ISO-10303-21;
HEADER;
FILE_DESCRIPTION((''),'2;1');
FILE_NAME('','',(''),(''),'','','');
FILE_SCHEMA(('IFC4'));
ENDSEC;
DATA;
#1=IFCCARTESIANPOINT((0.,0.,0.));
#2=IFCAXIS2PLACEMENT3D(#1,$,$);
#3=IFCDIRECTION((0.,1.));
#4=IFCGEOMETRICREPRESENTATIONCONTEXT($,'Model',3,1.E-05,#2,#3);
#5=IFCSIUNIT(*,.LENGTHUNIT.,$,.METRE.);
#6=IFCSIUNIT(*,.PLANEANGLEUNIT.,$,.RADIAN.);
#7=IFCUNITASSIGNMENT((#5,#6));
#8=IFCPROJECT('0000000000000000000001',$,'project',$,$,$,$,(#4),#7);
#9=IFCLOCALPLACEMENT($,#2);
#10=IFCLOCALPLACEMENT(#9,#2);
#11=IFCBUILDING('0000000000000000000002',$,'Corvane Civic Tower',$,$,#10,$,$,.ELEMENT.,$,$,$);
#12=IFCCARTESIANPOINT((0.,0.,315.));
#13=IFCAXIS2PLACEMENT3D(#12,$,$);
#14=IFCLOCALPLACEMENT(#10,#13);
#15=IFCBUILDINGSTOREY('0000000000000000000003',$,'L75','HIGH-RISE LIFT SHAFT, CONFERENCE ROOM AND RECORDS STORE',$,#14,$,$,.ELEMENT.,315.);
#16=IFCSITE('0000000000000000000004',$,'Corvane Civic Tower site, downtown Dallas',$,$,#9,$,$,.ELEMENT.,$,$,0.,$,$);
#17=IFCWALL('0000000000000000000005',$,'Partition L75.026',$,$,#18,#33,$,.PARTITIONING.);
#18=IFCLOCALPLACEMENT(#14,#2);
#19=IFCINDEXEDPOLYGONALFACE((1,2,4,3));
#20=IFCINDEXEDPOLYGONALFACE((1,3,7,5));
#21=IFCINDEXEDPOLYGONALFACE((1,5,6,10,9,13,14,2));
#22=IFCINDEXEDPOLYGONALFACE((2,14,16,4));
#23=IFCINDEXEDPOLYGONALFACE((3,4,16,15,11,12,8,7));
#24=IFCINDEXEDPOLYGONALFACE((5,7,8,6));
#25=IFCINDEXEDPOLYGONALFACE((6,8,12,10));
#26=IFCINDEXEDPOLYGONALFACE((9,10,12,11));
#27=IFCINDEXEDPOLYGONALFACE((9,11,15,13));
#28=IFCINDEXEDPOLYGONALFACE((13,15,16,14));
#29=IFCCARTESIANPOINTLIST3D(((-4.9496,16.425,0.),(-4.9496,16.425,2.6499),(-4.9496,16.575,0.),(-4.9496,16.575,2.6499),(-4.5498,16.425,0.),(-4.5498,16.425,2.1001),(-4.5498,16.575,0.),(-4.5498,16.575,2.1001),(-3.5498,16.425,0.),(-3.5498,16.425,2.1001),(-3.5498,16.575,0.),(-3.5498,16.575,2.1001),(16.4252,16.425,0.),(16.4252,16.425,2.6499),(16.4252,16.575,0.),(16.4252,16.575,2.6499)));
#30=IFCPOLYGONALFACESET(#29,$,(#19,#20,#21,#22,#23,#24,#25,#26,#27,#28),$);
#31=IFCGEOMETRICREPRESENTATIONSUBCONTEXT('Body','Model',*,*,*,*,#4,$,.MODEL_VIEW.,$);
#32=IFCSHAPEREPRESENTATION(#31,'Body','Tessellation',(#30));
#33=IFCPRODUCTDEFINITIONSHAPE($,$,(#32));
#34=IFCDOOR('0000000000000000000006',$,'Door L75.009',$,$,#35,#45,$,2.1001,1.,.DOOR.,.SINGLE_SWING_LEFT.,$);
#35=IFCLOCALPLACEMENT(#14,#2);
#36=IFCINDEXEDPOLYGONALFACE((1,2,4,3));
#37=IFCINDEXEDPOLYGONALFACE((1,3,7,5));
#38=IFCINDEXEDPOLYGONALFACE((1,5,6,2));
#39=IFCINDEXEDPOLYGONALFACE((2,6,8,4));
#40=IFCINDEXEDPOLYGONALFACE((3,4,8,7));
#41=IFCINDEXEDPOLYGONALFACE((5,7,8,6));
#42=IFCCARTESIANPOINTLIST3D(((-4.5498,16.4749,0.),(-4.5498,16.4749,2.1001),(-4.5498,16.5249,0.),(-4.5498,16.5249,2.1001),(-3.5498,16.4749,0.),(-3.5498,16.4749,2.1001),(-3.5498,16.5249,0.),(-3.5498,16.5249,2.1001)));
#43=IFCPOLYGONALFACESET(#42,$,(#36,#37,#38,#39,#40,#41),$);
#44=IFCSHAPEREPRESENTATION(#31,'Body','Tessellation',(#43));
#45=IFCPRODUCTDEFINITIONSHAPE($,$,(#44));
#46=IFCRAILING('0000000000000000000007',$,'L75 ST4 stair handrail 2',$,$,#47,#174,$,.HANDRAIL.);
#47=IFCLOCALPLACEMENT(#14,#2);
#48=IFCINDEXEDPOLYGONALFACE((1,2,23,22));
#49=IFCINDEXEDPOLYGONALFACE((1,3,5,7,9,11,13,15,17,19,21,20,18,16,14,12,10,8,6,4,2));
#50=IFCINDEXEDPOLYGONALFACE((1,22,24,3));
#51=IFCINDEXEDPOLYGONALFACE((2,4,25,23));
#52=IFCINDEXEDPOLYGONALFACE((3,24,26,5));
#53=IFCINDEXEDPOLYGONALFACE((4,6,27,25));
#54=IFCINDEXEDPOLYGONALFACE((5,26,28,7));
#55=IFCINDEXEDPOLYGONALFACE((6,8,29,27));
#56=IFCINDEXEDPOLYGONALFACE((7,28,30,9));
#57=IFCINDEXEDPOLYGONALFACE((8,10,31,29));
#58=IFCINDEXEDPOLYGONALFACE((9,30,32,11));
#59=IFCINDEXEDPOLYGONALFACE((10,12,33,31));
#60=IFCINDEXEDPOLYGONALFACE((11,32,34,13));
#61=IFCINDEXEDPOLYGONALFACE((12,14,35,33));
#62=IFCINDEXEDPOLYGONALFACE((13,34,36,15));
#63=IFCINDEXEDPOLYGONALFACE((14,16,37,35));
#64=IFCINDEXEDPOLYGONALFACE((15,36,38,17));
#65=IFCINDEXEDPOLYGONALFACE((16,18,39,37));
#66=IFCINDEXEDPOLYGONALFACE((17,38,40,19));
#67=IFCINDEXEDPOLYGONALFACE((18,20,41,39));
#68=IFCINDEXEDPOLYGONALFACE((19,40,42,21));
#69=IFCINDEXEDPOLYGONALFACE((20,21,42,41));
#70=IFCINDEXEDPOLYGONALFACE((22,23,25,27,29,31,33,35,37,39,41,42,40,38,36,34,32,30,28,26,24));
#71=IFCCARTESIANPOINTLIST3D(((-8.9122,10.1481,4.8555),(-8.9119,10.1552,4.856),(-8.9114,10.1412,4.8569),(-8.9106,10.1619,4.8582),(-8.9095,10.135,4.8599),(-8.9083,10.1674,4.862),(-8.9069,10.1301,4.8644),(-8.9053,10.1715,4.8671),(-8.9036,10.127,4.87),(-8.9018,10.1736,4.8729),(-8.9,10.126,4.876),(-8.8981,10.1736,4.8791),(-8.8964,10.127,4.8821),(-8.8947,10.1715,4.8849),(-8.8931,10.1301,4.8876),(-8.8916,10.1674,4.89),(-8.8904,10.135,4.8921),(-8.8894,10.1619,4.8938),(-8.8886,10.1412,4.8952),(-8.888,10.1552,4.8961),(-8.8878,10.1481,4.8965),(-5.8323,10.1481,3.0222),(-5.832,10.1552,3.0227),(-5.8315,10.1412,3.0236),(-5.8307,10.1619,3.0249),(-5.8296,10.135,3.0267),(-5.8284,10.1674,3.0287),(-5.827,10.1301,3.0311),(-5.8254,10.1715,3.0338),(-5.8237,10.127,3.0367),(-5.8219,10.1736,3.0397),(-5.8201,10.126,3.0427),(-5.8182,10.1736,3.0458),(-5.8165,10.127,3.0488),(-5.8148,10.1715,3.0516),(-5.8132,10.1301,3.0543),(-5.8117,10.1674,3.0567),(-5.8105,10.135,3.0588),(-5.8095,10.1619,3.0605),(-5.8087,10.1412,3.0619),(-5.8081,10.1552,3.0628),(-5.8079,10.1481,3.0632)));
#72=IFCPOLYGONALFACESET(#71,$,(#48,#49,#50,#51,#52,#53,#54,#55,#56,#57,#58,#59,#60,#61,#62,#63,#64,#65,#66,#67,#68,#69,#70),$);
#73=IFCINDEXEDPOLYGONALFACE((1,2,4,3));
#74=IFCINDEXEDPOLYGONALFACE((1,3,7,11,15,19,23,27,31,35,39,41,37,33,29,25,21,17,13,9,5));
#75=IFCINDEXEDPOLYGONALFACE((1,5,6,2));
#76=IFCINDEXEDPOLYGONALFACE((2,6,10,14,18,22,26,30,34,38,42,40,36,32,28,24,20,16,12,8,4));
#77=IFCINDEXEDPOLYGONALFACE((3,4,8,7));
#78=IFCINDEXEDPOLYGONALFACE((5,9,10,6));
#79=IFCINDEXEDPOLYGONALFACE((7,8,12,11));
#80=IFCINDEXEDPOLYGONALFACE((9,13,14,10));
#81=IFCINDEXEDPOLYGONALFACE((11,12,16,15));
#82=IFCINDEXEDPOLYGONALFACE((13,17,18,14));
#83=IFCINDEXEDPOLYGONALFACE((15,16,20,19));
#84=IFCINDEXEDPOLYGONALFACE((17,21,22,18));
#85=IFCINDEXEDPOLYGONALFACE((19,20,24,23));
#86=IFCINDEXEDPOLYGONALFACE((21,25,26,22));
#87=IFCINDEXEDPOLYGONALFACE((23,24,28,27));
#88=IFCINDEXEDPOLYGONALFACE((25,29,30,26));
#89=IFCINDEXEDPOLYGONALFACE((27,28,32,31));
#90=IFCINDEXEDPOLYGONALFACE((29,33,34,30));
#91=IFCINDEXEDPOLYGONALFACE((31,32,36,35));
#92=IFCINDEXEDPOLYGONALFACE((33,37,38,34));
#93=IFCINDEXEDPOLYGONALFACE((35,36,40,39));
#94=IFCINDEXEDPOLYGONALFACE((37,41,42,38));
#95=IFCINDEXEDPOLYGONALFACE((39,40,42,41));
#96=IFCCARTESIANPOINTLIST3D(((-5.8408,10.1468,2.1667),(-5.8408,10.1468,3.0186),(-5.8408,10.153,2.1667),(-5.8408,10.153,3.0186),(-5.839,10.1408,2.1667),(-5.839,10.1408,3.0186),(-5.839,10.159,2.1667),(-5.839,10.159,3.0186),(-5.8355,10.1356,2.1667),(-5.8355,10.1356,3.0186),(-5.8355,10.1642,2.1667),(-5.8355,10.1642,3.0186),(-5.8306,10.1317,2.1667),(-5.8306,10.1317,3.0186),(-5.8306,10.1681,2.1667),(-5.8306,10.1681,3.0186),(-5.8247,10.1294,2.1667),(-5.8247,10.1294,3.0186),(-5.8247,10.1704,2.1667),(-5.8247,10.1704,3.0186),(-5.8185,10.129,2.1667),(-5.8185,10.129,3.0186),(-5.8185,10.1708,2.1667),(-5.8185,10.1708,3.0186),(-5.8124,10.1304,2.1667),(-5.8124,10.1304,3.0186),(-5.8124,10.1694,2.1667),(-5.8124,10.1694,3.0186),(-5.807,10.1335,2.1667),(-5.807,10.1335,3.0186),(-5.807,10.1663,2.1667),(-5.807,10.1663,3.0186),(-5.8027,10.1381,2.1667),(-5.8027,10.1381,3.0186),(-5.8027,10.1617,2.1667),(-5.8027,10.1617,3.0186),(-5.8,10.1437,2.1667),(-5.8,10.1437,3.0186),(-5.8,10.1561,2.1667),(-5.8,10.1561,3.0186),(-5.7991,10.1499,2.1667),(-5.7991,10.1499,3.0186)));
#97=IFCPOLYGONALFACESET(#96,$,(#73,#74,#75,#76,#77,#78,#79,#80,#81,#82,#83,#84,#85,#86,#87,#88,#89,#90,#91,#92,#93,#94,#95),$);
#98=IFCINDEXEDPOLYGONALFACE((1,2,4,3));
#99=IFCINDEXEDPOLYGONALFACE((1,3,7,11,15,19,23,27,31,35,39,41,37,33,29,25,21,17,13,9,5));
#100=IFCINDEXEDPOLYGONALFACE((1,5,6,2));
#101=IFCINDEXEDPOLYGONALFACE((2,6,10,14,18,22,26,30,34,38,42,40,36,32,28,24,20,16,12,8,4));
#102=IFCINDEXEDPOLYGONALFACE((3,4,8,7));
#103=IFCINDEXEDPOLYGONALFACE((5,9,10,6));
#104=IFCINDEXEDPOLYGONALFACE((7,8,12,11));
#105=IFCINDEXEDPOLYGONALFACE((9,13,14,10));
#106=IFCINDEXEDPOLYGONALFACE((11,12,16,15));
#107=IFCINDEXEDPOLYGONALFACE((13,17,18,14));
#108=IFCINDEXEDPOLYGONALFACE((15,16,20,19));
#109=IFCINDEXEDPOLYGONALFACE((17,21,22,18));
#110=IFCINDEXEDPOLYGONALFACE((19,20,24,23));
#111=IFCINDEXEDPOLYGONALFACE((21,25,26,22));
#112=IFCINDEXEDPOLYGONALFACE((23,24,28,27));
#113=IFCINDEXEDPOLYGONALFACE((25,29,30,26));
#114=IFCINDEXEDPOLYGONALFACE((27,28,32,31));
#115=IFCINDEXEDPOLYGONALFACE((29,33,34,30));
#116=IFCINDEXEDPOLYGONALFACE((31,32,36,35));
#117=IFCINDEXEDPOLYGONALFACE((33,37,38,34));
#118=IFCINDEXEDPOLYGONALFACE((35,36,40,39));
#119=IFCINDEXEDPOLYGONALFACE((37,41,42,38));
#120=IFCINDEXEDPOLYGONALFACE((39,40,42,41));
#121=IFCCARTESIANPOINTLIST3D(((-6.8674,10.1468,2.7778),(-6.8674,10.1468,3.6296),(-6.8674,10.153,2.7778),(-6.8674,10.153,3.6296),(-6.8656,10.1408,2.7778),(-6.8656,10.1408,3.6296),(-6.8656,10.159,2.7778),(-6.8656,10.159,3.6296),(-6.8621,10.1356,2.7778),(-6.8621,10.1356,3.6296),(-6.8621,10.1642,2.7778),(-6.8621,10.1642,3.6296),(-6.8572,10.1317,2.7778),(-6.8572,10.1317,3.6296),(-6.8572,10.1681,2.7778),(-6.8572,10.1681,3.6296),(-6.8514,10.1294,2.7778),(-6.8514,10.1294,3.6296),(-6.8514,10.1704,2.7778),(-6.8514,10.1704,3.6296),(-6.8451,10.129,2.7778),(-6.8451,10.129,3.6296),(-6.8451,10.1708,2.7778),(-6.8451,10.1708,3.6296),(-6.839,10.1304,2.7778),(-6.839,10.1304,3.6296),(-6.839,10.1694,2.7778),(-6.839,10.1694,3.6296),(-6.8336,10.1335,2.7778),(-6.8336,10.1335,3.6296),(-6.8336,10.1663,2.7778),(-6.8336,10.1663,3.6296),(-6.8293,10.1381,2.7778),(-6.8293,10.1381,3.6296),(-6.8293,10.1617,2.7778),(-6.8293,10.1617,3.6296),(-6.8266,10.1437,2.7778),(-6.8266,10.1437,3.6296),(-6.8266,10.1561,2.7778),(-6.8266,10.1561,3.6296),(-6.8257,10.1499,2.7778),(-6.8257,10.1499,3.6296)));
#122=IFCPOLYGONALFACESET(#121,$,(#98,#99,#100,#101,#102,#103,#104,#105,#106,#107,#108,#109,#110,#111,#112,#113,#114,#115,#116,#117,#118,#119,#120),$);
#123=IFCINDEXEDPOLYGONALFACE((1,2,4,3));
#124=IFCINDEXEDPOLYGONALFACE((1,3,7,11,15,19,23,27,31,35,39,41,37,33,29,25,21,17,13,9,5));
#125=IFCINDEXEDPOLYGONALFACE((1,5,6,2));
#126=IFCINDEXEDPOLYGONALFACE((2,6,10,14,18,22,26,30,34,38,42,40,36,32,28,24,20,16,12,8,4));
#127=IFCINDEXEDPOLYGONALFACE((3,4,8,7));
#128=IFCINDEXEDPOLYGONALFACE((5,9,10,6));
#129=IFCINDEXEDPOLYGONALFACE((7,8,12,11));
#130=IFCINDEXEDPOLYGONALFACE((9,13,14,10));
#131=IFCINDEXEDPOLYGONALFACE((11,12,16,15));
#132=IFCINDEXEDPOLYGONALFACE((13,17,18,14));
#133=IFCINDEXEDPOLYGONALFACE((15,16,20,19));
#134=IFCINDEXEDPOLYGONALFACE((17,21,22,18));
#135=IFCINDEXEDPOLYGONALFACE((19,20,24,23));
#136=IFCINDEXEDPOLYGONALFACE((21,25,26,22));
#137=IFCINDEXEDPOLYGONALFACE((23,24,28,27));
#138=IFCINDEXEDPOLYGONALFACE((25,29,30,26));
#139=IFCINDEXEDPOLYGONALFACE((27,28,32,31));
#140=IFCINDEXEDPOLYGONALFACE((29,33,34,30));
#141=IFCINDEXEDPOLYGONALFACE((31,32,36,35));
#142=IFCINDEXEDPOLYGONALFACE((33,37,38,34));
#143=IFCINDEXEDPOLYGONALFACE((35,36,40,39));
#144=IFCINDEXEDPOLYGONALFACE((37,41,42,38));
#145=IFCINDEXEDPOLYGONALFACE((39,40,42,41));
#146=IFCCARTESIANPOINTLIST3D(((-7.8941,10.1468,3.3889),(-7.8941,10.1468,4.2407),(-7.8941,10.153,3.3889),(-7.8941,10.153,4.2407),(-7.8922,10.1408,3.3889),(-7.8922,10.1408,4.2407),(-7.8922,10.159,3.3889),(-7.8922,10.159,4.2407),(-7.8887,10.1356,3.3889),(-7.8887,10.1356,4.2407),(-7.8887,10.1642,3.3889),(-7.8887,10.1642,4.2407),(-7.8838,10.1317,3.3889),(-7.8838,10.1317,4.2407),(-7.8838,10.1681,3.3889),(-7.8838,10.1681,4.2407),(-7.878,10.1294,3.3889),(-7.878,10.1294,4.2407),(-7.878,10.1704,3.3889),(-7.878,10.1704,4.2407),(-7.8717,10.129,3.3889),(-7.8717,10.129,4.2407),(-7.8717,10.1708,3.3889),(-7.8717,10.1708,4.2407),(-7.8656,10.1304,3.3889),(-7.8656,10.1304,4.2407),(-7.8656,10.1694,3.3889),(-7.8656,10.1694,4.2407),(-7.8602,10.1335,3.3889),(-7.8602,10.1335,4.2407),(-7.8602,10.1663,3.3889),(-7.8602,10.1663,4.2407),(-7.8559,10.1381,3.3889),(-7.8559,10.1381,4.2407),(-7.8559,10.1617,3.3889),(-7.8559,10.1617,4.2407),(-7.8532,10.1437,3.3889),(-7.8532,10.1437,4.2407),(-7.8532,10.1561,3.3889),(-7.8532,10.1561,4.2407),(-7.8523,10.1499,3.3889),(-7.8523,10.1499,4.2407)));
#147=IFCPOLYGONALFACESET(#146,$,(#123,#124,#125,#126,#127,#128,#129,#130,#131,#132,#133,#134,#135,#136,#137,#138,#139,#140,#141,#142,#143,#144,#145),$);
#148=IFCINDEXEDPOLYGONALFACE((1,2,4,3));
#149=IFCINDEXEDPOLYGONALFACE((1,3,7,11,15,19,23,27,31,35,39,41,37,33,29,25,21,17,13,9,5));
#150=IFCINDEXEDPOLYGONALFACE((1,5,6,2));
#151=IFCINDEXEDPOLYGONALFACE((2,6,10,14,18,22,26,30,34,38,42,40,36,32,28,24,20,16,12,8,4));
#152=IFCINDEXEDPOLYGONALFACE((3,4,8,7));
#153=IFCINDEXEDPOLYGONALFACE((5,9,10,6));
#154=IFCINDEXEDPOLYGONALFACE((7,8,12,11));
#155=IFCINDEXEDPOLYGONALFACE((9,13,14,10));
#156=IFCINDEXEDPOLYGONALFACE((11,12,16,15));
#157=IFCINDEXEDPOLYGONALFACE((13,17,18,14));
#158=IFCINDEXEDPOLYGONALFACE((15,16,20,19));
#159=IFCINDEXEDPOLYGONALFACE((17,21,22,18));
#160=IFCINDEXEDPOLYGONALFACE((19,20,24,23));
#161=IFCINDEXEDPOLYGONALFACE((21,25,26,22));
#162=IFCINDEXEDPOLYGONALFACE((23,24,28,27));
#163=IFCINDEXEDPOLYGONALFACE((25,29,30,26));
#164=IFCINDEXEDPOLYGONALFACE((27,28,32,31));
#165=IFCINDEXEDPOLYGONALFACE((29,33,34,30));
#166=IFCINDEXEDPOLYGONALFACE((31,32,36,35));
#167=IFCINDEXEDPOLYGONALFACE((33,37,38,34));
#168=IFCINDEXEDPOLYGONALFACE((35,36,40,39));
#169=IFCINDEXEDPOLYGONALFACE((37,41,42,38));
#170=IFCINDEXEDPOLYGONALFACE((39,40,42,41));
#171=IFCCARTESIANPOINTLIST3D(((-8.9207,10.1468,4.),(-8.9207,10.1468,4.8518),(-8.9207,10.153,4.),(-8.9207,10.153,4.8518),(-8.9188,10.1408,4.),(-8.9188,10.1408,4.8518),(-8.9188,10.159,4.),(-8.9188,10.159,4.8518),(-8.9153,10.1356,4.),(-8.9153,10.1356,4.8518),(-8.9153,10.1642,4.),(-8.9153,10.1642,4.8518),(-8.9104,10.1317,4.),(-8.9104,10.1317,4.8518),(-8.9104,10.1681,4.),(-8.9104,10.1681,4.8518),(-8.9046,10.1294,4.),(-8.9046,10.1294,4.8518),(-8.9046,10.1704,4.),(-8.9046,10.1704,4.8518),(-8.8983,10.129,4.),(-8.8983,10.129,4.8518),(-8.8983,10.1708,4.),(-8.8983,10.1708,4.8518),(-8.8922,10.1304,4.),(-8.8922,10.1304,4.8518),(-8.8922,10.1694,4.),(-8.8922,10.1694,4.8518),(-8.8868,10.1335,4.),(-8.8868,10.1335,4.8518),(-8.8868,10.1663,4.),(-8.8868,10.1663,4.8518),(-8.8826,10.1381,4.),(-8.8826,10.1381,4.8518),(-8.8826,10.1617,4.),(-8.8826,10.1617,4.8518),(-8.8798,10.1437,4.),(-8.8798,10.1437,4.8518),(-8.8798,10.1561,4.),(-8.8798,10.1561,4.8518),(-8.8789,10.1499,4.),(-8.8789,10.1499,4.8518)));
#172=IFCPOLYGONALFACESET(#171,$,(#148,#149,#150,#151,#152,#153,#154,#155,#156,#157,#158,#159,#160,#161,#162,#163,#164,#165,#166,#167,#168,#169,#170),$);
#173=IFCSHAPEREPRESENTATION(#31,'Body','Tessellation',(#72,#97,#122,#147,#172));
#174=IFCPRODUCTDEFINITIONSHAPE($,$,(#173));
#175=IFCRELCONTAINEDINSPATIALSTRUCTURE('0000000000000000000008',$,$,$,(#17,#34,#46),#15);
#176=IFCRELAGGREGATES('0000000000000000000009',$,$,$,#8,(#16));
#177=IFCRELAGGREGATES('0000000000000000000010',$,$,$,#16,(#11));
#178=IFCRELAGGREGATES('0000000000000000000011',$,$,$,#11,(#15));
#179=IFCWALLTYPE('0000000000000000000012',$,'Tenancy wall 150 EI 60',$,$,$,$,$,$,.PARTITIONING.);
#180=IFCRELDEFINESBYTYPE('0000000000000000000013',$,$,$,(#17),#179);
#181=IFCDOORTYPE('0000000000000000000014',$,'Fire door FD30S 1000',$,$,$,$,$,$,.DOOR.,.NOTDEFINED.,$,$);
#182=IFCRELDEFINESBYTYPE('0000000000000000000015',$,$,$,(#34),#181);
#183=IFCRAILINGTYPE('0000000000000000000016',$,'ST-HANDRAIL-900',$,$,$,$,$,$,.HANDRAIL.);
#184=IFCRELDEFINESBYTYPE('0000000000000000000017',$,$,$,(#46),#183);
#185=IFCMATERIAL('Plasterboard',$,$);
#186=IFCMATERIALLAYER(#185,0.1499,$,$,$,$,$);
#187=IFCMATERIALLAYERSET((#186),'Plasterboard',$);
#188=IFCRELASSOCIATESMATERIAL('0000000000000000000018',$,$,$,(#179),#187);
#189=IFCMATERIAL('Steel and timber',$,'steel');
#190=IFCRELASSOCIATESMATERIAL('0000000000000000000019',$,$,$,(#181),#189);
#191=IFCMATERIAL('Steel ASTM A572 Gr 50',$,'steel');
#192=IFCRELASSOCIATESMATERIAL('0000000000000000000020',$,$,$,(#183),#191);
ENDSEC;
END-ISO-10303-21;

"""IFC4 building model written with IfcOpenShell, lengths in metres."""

from ifc_helpers import new_model, si_unit, direction, frame, frame_2d, origin, origin_2d, place, context, subcontext, project, spatial, rectangle, circle, extrude, material, layer, layer_set, type_object, element, fill, save


model = new_model("IFC4")

# Units and contexts
model_context = context("Model", 3, precision=1e-05, world=origin(), true_north=direction((0.0, 1.0)))
body_context = subcontext(model_context, "Body", "Model", "MODEL_VIEW")
ifc_project = project(units=[si_unit("LENGTHUNIT", "METRE"), si_unit("PLANEANGLEUNIT", "RADIAN")], contexts=[model_context])

# Site, building, storey
site_placement = place(None, origin())
site = spatial("IfcSite", under=ifc_project, at=site_placement, Name="Corvane Civic Tower site, downtown Dallas", CompositionType="ELEMENT", RefElevation=0.0)
building_placement = place(site_placement, origin())
building = spatial("IfcBuilding", under=site, at=building_placement, Name="Corvane Civic Tower", CompositionType="ELEMENT")
storey_placement = place(building_placement, frame((0.0, 0.0, 315.0)))
storey = spatial("IfcBuildingStorey", under=building, at=storey_placement, Name="L75", Description="HIGH-RISE LIFT SHAFT, CONFERENCE ROOM AND RECORDS STORE", CompositionType="ELEMENT", Elevation=315.0)

# Shared definitions
ifc_material_1 = material(Name="Plasterboard")
ifc_layer_1 = layer(ifc_material_1, 0.1499)
ifc_layer_set_1 = layer_set([ifc_layer_1], Name="Plasterboard")
wall_type_1 = type_object("IfcWallType", Name="Tenancy wall 150 EI 60", PredefinedType="PARTITIONING", material=ifc_layer_set_1)

# Wall, opening, door
wall_1_placement = place(storey_placement, frame((-4.9497, 16.5, 0.0), z_axis=(0.0, 0.0, 1.0), x_axis=(1.0, 0.0, 0.0)))
wall_1 = element("IfcWall", 1, at=wall_1_placement, inside=storey, type_object=wall_type_1, Name="Partition L75.026", PredefinedType="PARTITIONING", context=body_context, shape_type="SweptSolid", body=[
    extrude(rectangle(XDim=21.3748, YDim=0.1499, at=frame_2d((10.6875, 0.0))), origin(), (0.0, 0.0, 1.0), 2.6499),
])
opening_placement = place(wall_1_placement, frame((0.3999, 0.0, 0.0)))
opening = element("IfcOpeningElement", 2, at=opening_placement, cuts=wall_1, PredefinedType="OPENING", context=body_context, shape_type="SweptSolid", body=[
    extrude(rectangle(XDim=1.0, YDim=2.1001, at=frame_2d((0.5, 1.05))), frame((0.0, 0.085, 0.0), z_axis=(0.0, -1.0, 0.0), x_axis=(1.0, 0.0, 0.0)), (0.0, 0.0, 1.0), 0.1699),
])
ifc_material_2 = material(Name="Steel and timber", Category="steel")
door_type = type_object("IfcDoorType", Name="Fire door FD30S 1000", OperationType="NOTDEFINED", PredefinedType="DOOR", material=ifc_material_2)
door_placement = place(opening_placement, origin())
door = element("IfcDoor", 3, at=door_placement, inside=storey, type_object=door_type, Name="Door L75.009", OperationType="SINGLE_SWING_LEFT", OverallHeight=2.1001, OverallWidth=1.0, PredefinedType="DOOR", context=body_context, shape_type="SweptSolid", body=[
    extrude(rectangle(XDim=1.0, YDim=2.1001, at=frame_2d((0.5, 1.05))), frame((0.0, 0.0249, 0.0), z_axis=(0.0, -1.0, 0.0), x_axis=(1.0, 0.0, 0.0)), (0.0, 0.0, 1.0), 0.05),
])
fill(opening, door)

# Railing
ifc_material_3 = material(Name="Steel ASTM A572 Gr 50", Category="steel")
railing_type = type_object("IfcRailingType", Name="ST-HANDRAIL-900", PredefinedType="HANDRAIL", material=ifc_material_3)
railing_placement = place(storey_placement, frame((-5.8201, 10.1499, 2.1667)))
element("IfcRailing", 4, at=railing_placement, inside=storey, type_object=railing_type, Name="L75 ST4 stair handrail 2", PredefinedType="HANDRAIL", context=body_context, shape_type="SweptSolid", body=[
    extrude(circle(Radius=0.0239, at=origin_2d()), frame((0.0, 0.0, 0.876), z_axis=(-0.859291, 0.0, 0.511487), x_axis=(0.0, -1.0, 0.0)), (0.0, 0.0, 1.0), 3.5842),
    extrude(circle(Radius=0.021, at=origin_2d()), origin(), (0.0, 0.0, 1.0), 0.8518),
    extrude(circle(Radius=0.021, at=origin_2d()), frame((-1.0266, 0.0, 0.6111)), (0.0, 0.0, 1.0), 0.8518),
    extrude(circle(Radius=0.021, at=origin_2d()), frame((-2.0532, 0.0, 1.2222)), (0.0, 0.0, 1.0), 0.8518),
    extrude(circle(Radius=0.021, at=origin_2d()), frame((-3.0798, 0.0, 1.8333)), (0.0, 0.0, 1.0), 0.8518),
])

save(model, "model.ifc")
